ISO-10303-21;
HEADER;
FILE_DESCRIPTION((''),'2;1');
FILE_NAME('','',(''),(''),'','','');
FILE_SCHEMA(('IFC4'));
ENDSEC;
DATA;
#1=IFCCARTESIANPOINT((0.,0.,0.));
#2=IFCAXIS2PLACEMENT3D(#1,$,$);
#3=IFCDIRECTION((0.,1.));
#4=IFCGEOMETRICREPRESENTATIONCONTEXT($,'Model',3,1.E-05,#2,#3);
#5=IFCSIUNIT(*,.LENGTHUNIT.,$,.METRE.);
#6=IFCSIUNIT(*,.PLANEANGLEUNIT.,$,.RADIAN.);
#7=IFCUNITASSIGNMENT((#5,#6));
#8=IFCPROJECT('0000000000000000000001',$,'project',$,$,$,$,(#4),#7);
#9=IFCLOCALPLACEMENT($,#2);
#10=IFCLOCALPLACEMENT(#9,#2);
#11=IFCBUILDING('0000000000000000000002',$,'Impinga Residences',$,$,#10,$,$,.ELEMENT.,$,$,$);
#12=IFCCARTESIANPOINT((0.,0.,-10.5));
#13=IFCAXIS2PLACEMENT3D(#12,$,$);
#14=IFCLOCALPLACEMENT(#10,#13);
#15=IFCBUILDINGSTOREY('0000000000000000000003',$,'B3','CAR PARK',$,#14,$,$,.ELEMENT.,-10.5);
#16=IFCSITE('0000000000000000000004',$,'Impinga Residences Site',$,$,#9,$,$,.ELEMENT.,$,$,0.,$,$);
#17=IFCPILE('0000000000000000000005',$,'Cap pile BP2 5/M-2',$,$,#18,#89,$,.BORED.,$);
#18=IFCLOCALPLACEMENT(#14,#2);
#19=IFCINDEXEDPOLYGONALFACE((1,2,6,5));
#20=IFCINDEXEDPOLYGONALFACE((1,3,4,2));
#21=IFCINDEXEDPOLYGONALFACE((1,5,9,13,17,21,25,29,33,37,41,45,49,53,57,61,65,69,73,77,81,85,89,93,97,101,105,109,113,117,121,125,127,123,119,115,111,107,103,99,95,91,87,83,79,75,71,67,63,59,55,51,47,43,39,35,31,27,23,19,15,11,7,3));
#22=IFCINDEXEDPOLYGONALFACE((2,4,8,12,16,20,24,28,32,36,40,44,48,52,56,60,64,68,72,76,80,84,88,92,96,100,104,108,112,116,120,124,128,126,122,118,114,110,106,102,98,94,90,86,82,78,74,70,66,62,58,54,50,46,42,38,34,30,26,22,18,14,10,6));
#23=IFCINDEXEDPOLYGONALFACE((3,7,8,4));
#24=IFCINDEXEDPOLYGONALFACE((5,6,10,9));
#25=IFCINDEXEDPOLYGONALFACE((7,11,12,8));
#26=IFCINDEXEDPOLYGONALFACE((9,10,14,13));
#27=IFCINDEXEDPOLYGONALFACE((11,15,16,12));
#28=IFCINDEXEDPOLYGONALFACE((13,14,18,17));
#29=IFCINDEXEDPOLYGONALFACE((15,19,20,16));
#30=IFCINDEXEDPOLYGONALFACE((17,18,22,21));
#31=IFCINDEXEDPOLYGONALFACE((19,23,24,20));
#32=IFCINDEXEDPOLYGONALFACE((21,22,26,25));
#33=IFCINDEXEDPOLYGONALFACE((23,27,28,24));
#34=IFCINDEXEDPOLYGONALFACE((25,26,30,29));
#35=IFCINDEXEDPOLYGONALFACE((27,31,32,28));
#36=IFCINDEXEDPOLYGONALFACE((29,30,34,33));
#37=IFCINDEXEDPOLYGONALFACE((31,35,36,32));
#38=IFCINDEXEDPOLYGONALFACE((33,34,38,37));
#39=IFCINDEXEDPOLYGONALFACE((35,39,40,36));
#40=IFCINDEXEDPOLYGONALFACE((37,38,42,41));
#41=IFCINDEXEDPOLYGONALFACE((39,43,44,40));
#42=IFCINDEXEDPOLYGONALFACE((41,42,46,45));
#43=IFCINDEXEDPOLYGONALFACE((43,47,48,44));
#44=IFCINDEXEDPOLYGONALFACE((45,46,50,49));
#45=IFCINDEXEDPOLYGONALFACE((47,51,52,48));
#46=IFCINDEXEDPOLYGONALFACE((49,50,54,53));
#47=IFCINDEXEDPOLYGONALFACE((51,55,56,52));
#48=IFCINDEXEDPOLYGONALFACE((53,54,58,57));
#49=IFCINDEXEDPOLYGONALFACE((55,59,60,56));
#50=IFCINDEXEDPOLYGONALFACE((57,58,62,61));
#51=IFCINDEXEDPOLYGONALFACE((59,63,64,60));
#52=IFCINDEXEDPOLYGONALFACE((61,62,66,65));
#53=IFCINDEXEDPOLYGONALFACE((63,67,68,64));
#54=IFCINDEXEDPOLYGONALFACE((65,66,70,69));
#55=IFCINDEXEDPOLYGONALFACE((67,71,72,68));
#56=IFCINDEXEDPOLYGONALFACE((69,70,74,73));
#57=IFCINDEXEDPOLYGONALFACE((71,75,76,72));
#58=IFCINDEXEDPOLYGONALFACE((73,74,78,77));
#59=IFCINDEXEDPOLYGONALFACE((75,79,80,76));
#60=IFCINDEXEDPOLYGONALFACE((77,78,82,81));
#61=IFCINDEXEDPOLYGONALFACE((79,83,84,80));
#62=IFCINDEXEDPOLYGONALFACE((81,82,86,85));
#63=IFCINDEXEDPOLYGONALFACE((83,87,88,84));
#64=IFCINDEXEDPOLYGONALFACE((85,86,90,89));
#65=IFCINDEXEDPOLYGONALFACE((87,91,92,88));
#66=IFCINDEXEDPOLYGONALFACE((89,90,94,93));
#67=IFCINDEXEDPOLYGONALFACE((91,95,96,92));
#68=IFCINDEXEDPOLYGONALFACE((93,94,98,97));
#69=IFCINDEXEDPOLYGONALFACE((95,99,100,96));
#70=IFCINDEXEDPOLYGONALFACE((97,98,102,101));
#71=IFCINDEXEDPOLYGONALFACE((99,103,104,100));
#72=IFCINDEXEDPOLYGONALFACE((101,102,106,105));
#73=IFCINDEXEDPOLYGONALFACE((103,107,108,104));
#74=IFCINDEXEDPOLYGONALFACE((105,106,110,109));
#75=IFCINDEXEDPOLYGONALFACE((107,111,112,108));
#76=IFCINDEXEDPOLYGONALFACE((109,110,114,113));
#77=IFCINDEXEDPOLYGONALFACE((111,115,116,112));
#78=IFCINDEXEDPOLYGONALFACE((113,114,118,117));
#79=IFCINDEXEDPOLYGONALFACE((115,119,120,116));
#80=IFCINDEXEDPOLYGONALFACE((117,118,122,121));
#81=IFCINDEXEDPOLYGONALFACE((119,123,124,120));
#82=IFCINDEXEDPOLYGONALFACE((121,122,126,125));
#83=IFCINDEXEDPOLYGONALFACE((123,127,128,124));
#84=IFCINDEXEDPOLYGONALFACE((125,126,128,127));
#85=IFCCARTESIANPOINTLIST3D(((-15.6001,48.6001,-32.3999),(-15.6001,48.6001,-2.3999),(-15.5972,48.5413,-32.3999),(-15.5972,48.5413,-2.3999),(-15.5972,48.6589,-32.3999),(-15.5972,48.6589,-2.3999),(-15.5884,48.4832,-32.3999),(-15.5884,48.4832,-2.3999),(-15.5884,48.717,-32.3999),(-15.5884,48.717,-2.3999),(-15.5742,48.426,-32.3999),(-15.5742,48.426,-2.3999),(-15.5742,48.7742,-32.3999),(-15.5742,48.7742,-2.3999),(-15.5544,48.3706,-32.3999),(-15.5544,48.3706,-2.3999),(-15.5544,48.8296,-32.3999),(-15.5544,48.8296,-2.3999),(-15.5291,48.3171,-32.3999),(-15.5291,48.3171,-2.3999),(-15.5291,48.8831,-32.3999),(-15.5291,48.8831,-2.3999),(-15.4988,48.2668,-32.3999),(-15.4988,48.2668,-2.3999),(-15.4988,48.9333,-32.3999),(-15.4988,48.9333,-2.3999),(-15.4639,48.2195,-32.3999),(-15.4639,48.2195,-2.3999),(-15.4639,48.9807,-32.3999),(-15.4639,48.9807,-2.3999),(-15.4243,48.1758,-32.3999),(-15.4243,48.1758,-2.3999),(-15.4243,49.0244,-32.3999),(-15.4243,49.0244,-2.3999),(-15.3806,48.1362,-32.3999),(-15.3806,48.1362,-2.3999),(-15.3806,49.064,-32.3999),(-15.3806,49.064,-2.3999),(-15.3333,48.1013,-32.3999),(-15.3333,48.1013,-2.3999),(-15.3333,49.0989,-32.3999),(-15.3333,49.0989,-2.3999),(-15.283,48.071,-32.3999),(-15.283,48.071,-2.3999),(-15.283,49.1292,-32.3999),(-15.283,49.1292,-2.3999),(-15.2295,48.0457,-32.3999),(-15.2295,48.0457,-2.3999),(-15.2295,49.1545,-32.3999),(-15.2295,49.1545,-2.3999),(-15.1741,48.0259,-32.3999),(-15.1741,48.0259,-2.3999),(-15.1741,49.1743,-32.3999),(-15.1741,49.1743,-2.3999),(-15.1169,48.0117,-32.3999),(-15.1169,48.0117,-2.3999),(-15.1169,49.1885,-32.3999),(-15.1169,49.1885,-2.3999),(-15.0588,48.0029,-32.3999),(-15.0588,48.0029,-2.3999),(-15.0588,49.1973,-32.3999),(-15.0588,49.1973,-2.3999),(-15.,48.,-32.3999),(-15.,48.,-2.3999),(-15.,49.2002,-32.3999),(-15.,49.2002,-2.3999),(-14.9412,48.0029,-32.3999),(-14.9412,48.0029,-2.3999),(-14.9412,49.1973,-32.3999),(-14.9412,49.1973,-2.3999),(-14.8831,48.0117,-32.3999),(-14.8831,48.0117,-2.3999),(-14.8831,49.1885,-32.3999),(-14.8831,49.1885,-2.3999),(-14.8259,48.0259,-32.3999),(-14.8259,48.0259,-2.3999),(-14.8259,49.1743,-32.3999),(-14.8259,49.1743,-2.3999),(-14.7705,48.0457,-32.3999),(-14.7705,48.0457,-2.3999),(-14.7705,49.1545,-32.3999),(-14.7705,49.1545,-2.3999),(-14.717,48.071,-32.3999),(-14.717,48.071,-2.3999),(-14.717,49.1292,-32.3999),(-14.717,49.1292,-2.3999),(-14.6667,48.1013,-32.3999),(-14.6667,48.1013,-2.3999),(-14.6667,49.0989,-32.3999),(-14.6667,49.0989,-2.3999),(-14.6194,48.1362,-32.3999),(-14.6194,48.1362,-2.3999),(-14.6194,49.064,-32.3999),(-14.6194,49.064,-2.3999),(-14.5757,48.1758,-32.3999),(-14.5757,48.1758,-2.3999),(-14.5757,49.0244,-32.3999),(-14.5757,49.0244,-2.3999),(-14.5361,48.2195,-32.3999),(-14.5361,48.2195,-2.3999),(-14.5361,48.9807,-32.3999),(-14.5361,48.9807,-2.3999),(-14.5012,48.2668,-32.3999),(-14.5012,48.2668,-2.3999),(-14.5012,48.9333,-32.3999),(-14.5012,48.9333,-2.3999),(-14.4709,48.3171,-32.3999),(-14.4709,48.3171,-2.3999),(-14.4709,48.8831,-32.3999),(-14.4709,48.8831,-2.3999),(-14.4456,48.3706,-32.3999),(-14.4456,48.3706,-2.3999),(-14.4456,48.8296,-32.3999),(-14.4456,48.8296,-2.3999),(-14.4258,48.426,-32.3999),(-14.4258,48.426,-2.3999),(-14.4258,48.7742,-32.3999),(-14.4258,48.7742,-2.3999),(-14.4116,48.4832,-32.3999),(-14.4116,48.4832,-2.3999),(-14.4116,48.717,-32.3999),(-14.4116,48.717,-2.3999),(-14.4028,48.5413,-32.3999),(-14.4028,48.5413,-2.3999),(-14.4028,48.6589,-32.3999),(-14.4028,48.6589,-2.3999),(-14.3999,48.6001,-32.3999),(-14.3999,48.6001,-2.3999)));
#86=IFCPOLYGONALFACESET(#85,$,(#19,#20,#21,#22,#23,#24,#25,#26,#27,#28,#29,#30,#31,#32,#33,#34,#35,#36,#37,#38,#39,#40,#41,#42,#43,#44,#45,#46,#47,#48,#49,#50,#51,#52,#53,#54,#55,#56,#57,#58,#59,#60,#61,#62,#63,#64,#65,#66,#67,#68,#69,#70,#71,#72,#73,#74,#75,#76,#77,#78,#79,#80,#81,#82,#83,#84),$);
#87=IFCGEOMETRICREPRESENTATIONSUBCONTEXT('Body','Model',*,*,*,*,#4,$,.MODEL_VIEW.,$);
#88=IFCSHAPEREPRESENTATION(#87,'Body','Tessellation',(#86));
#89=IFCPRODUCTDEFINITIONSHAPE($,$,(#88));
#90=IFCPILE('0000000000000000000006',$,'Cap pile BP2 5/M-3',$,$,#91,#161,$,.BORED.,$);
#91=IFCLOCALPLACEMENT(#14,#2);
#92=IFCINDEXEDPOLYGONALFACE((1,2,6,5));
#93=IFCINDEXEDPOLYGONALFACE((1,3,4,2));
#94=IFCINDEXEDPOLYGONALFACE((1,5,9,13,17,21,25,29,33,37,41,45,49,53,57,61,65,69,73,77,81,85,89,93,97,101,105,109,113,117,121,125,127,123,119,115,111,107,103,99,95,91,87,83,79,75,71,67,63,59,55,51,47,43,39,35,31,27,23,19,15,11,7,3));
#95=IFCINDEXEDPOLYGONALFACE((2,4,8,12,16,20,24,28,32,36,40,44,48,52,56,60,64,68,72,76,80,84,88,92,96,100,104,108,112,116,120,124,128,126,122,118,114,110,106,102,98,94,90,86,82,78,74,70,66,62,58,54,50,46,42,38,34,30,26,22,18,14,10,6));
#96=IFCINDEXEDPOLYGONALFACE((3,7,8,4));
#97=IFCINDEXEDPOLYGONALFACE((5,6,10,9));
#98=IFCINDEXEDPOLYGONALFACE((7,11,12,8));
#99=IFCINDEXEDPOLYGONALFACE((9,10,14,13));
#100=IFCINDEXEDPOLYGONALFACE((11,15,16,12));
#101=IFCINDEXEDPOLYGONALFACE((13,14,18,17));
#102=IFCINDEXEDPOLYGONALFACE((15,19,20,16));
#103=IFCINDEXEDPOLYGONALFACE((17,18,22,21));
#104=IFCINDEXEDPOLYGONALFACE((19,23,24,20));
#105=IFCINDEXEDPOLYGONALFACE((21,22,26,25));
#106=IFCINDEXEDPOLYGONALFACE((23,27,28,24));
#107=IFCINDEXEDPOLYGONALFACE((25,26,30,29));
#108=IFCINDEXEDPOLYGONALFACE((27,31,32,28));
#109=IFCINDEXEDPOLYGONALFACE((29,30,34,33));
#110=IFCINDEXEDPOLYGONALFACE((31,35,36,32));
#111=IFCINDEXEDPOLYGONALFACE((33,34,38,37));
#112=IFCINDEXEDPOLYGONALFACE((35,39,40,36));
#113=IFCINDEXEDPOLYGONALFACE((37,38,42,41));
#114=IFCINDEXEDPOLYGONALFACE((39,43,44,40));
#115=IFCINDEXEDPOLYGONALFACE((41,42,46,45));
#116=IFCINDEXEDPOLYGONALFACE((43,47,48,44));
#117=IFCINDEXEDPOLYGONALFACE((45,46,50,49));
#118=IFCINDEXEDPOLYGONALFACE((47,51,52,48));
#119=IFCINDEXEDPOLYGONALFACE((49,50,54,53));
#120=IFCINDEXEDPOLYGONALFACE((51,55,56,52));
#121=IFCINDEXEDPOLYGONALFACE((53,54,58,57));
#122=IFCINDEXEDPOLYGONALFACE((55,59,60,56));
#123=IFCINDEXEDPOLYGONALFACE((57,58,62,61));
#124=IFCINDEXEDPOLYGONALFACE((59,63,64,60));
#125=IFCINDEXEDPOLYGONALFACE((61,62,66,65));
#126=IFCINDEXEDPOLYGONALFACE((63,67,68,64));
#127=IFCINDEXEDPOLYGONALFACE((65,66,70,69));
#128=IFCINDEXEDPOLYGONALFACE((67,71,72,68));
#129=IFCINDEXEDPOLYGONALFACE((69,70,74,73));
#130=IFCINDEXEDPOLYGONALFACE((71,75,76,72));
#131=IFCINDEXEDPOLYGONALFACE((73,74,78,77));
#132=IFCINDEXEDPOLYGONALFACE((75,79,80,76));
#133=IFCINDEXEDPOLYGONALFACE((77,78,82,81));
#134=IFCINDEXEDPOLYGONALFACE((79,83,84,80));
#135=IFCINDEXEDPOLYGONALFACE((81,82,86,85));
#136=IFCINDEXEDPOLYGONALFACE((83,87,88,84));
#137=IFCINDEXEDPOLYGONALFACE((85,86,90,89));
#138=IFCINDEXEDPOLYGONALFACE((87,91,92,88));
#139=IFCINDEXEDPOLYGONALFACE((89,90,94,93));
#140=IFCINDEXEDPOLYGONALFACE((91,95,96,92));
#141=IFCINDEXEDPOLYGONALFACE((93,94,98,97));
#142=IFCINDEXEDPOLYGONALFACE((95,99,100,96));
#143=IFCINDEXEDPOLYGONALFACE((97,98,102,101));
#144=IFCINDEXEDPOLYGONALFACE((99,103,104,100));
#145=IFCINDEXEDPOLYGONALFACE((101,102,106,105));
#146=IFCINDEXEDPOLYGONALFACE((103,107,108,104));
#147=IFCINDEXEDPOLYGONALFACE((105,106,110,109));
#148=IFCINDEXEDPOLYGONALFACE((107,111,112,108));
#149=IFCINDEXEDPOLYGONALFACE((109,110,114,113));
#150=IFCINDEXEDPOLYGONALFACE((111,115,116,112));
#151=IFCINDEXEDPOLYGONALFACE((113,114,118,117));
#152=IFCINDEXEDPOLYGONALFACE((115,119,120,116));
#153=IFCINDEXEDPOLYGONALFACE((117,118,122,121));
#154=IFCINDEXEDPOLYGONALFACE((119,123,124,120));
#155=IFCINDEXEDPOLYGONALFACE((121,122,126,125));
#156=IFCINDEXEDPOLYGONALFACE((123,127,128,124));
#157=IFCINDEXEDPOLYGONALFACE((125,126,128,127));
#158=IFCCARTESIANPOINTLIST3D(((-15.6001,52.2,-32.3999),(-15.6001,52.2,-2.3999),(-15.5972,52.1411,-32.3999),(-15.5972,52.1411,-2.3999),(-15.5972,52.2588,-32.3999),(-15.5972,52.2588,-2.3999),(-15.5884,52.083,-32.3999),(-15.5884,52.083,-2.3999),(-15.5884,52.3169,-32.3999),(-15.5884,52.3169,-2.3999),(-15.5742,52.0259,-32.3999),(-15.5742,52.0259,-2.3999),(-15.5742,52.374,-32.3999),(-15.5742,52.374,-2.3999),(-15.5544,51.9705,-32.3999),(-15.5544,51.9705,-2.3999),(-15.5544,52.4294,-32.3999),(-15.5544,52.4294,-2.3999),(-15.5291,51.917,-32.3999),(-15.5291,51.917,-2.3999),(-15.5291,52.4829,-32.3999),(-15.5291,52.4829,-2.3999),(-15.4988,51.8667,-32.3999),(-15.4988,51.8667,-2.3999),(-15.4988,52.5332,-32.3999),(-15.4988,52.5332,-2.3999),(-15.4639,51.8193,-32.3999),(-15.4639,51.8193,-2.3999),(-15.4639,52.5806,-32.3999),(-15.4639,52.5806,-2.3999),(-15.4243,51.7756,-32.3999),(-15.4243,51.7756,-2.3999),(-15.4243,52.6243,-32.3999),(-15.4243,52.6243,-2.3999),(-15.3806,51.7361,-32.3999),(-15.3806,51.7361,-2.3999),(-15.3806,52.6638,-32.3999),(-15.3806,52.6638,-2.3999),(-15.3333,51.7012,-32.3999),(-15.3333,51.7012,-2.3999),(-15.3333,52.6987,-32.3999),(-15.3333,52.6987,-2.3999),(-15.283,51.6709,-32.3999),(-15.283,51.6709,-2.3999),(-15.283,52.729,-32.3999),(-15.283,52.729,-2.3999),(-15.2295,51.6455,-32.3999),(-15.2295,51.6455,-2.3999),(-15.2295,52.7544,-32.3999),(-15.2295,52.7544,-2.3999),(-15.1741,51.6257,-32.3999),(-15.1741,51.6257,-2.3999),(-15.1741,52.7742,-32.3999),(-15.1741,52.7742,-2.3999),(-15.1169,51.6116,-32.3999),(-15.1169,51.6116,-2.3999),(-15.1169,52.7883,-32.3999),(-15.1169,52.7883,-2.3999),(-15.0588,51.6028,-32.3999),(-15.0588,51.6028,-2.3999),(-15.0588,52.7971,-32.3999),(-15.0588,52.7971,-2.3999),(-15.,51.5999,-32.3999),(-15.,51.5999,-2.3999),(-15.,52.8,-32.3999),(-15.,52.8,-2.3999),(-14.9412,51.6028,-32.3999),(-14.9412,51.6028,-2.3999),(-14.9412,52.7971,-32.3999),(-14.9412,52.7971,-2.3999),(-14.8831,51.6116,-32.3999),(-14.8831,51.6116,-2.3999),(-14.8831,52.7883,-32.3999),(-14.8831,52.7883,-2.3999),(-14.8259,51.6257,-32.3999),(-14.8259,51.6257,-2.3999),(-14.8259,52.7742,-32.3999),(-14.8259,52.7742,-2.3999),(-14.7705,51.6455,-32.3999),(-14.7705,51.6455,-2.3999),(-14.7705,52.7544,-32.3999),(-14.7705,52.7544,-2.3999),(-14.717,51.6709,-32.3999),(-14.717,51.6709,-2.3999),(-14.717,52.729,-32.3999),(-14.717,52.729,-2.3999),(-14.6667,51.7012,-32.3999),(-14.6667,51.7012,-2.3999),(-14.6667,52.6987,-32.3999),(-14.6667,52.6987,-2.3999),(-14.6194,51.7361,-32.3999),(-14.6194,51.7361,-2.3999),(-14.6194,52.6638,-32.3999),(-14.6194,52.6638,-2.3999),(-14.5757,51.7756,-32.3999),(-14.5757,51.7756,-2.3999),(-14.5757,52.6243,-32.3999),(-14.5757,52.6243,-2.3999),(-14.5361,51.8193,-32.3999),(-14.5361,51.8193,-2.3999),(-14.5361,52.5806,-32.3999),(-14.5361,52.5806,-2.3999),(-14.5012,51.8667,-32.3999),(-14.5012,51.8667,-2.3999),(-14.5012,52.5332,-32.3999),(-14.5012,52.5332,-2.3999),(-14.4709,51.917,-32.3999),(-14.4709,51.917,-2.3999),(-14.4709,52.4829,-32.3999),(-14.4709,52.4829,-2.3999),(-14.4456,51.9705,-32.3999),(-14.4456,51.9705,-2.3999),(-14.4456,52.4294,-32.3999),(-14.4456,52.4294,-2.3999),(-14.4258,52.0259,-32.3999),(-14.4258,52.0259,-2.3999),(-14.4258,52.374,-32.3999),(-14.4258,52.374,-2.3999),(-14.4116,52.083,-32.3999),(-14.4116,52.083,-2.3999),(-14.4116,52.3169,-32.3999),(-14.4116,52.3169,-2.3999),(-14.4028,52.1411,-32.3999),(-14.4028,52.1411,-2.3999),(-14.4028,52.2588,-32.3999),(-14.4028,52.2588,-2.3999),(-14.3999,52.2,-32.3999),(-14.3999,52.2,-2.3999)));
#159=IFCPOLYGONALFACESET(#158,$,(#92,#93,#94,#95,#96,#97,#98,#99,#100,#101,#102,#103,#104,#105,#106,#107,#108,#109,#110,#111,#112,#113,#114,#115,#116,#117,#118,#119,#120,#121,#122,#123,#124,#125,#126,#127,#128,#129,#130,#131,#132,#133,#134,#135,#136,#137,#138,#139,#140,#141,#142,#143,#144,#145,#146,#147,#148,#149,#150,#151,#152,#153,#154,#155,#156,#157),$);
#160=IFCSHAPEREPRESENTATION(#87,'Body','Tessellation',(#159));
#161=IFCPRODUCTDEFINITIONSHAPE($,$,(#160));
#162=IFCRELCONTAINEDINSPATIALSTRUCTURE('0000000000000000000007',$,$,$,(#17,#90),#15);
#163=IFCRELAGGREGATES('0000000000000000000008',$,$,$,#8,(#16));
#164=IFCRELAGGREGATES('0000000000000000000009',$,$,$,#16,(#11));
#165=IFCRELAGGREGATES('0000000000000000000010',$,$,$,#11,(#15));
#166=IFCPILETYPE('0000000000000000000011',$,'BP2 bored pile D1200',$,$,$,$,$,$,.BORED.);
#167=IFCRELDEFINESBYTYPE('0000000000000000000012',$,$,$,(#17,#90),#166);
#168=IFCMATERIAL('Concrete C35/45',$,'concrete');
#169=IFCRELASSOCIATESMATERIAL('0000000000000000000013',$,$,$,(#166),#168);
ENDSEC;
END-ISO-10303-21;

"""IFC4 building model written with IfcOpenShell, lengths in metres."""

from ifc_helpers import new_model, si_unit, direction, frame, origin, origin_2d, place, context, subcontext, project, spatial, polyline, circle, outline, extrude, material, material_profile, profile_set, type_object, element, save


model = new_model("IFC4")

# Units and contexts
model_context = context("Model", 3, precision=1e-05, world=origin(), true_north=direction((0.0, 1.0)))
body_context = subcontext(model_context, "Body", "Model", "MODEL_VIEW")
ifc_project = project(units=[si_unit("LENGTHUNIT", "METRE"), si_unit("PLANEANGLEUNIT", "RADIAN")], contexts=[model_context])

# Site, building, storey
site_placement = place(None, origin())
site = spatial("IfcSite", under=ifc_project, at=site_placement, Name="Impinga Residences Site", CompositionType="ELEMENT", RefElevation=0.0)
building_placement = place(site_placement, origin())
building = spatial("IfcBuilding", under=site, at=building_placement, Name="Impinga Residences", CompositionType="ELEMENT")
storey_placement = place(building_placement, frame((0.0, 0.0, -10.5)))
storey = spatial("IfcBuildingStorey", under=building, at=storey_placement, Name="B3", Description="CAR PARK", CompositionType="ELEMENT", Elevation=-10.5)

# Piles
ifc_material_1 = material(Name="Concrete C35/45", Category="concrete")
ifc_material_profile_1 = material_profile(ifc_material_1, circle(Radius=0.6001, at=origin_2d()), Name="D1200")
ifc_profile_set_1 = profile_set([ifc_material_profile_1], Name="Concrete C35/45")
pile_type_1 = type_object("IfcPileType", Name="BP2 bored pile D1200", PredefinedType="BORED", material=ifc_profile_set_1)
pile_1_placement = place(storey_placement, frame((-15.0, 48.6001, -2.3999), z_axis=(0.0, 0.0, -1.0), x_axis=(1.0, 0.0, 0.0)))
element("IfcPile", 1, at=pile_1_placement, inside=storey, type_object=pile_type_1, Name="Cap pile BP2 5/M-2", PredefinedType="BORED", context=body_context, shape_type="SweptSolid", body=[
    extrude(outline(polyline([(0.6001, 0.0), (0.5972, 0.0588), (0.5884, 0.1169), (0.5742, 0.1741), (0.5544, 0.2295), (0.5291, 0.283), (0.4988, 0.3333), (0.4639, 0.3806), (0.4243, 0.4243), (0.3806, 0.4639), (0.3333, 0.4988), (0.283, 0.5291), (0.2295, 0.5544), (0.1741, 0.5742), (0.1169, 0.5884), (0.0588, 0.5972), (0.0, 0.6001), (-0.0588, 0.5972), (-0.1169, 0.5884), (-0.1741, 0.5742), (-0.2295, 0.5544), (-0.283, 0.5291), (-0.3333, 0.4988), (-0.3806, 0.4639), (-0.4243, 0.4243), (-0.4639, 0.3806), (-0.4988, 0.3333), (-0.5291, 0.283), (-0.5544, 0.2295), (-0.5742, 0.1741), (-0.5884, 0.1169), (-0.5972, 0.0588), (-0.6001, 0.0), (-0.5972, -0.0588), (-0.5884, -0.1169), (-0.5742, -0.1741), (-0.5544, -0.2295), (-0.5291, -0.283), (-0.4988, -0.3333), (-0.4639, -0.3806), (-0.4243, -0.4243), (-0.3806, -0.4639), (-0.3333, -0.4988), (-0.283, -0.5291), (-0.2295, -0.5544), (-0.1741, -0.5742), (-0.1169, -0.5884), (-0.0588, -0.5972), (0.0, -0.6001), (0.0588, -0.5972), (0.1169, -0.5884), (0.1741, -0.5742), (0.2295, -0.5544), (0.283, -0.5291), (0.3333, -0.4988), (0.3806, -0.4639), (0.4243, -0.4243), (0.4639, -0.3806), (0.4988, -0.3333), (0.5291, -0.283), (0.5544, -0.2295), (0.5742, -0.1741), (0.5884, -0.1169), (0.5972, -0.0588), (0.6001, 0.0)])), origin(), (0.0, 0.0, 1.0), 30.0),
])
pile_2_placement = place(storey_placement, frame((-15.0, 52.2, -2.3999), z_axis=(0.0, 0.0, -1.0), x_axis=(1.0, 0.0, 0.0)))
element("IfcPile", 2, at=pile_2_placement, inside=storey, type_object=pile_type_1, Name="Cap pile BP2 5/M-3", PredefinedType="BORED", context=body_context, shape_type="SweptSolid", body=[
    extrude(outline(polyline([(0.6001, 0.0), (0.5972, 0.0588), (0.5884, 0.1169), (0.5742, 0.1741), (0.5544, 0.2295), (0.5291, 0.283), (0.4988, 0.3333), (0.4639, 0.3806), (0.4243, 0.4243), (0.3806, 0.4639), (0.3333, 0.4988), (0.283, 0.5291), (0.2295, 0.5544), (0.1741, 0.5742), (0.1169, 0.5884), (0.0588, 0.5972), (0.0, 0.6001), (-0.0588, 0.5972), (-0.1169, 0.5884), (-0.1741, 0.5742), (-0.2295, 0.5544), (-0.283, 0.5291), (-0.3333, 0.4988), (-0.3806, 0.4639), (-0.4243, 0.4243), (-0.4639, 0.3806), (-0.4988, 0.3333), (-0.5291, 0.283), (-0.5544, 0.2295), (-0.5742, 0.1741), (-0.5884, 0.1169), (-0.5972, 0.0588), (-0.6001, 0.0), (-0.5972, -0.0588), (-0.5884, -0.1169), (-0.5742, -0.1741), (-0.5544, -0.2295), (-0.5291, -0.283), (-0.4988, -0.3333), (-0.4639, -0.3806), (-0.4243, -0.4243), (-0.3806, -0.4639), (-0.3333, -0.4988), (-0.283, -0.5291), (-0.2295, -0.5544), (-0.1741, -0.5742), (-0.1169, -0.5884), (-0.0588, -0.5972), (0.0, -0.6001), (0.0588, -0.5972), (0.1169, -0.5884), (0.1741, -0.5742), (0.2295, -0.5544), (0.283, -0.5291), (0.3333, -0.4988), (0.3806, -0.4639), (0.4243, -0.4243), (0.4639, -0.3806), (0.4988, -0.3333), (0.5291, -0.283), (0.5544, -0.2295), (0.5742, -0.1741), (0.5884, -0.1169), (0.5972, -0.0588), (0.6001, 0.0)])), origin(), (0.0, 0.0, 1.0), 30.0),
])

save(model, "model.ifc")
